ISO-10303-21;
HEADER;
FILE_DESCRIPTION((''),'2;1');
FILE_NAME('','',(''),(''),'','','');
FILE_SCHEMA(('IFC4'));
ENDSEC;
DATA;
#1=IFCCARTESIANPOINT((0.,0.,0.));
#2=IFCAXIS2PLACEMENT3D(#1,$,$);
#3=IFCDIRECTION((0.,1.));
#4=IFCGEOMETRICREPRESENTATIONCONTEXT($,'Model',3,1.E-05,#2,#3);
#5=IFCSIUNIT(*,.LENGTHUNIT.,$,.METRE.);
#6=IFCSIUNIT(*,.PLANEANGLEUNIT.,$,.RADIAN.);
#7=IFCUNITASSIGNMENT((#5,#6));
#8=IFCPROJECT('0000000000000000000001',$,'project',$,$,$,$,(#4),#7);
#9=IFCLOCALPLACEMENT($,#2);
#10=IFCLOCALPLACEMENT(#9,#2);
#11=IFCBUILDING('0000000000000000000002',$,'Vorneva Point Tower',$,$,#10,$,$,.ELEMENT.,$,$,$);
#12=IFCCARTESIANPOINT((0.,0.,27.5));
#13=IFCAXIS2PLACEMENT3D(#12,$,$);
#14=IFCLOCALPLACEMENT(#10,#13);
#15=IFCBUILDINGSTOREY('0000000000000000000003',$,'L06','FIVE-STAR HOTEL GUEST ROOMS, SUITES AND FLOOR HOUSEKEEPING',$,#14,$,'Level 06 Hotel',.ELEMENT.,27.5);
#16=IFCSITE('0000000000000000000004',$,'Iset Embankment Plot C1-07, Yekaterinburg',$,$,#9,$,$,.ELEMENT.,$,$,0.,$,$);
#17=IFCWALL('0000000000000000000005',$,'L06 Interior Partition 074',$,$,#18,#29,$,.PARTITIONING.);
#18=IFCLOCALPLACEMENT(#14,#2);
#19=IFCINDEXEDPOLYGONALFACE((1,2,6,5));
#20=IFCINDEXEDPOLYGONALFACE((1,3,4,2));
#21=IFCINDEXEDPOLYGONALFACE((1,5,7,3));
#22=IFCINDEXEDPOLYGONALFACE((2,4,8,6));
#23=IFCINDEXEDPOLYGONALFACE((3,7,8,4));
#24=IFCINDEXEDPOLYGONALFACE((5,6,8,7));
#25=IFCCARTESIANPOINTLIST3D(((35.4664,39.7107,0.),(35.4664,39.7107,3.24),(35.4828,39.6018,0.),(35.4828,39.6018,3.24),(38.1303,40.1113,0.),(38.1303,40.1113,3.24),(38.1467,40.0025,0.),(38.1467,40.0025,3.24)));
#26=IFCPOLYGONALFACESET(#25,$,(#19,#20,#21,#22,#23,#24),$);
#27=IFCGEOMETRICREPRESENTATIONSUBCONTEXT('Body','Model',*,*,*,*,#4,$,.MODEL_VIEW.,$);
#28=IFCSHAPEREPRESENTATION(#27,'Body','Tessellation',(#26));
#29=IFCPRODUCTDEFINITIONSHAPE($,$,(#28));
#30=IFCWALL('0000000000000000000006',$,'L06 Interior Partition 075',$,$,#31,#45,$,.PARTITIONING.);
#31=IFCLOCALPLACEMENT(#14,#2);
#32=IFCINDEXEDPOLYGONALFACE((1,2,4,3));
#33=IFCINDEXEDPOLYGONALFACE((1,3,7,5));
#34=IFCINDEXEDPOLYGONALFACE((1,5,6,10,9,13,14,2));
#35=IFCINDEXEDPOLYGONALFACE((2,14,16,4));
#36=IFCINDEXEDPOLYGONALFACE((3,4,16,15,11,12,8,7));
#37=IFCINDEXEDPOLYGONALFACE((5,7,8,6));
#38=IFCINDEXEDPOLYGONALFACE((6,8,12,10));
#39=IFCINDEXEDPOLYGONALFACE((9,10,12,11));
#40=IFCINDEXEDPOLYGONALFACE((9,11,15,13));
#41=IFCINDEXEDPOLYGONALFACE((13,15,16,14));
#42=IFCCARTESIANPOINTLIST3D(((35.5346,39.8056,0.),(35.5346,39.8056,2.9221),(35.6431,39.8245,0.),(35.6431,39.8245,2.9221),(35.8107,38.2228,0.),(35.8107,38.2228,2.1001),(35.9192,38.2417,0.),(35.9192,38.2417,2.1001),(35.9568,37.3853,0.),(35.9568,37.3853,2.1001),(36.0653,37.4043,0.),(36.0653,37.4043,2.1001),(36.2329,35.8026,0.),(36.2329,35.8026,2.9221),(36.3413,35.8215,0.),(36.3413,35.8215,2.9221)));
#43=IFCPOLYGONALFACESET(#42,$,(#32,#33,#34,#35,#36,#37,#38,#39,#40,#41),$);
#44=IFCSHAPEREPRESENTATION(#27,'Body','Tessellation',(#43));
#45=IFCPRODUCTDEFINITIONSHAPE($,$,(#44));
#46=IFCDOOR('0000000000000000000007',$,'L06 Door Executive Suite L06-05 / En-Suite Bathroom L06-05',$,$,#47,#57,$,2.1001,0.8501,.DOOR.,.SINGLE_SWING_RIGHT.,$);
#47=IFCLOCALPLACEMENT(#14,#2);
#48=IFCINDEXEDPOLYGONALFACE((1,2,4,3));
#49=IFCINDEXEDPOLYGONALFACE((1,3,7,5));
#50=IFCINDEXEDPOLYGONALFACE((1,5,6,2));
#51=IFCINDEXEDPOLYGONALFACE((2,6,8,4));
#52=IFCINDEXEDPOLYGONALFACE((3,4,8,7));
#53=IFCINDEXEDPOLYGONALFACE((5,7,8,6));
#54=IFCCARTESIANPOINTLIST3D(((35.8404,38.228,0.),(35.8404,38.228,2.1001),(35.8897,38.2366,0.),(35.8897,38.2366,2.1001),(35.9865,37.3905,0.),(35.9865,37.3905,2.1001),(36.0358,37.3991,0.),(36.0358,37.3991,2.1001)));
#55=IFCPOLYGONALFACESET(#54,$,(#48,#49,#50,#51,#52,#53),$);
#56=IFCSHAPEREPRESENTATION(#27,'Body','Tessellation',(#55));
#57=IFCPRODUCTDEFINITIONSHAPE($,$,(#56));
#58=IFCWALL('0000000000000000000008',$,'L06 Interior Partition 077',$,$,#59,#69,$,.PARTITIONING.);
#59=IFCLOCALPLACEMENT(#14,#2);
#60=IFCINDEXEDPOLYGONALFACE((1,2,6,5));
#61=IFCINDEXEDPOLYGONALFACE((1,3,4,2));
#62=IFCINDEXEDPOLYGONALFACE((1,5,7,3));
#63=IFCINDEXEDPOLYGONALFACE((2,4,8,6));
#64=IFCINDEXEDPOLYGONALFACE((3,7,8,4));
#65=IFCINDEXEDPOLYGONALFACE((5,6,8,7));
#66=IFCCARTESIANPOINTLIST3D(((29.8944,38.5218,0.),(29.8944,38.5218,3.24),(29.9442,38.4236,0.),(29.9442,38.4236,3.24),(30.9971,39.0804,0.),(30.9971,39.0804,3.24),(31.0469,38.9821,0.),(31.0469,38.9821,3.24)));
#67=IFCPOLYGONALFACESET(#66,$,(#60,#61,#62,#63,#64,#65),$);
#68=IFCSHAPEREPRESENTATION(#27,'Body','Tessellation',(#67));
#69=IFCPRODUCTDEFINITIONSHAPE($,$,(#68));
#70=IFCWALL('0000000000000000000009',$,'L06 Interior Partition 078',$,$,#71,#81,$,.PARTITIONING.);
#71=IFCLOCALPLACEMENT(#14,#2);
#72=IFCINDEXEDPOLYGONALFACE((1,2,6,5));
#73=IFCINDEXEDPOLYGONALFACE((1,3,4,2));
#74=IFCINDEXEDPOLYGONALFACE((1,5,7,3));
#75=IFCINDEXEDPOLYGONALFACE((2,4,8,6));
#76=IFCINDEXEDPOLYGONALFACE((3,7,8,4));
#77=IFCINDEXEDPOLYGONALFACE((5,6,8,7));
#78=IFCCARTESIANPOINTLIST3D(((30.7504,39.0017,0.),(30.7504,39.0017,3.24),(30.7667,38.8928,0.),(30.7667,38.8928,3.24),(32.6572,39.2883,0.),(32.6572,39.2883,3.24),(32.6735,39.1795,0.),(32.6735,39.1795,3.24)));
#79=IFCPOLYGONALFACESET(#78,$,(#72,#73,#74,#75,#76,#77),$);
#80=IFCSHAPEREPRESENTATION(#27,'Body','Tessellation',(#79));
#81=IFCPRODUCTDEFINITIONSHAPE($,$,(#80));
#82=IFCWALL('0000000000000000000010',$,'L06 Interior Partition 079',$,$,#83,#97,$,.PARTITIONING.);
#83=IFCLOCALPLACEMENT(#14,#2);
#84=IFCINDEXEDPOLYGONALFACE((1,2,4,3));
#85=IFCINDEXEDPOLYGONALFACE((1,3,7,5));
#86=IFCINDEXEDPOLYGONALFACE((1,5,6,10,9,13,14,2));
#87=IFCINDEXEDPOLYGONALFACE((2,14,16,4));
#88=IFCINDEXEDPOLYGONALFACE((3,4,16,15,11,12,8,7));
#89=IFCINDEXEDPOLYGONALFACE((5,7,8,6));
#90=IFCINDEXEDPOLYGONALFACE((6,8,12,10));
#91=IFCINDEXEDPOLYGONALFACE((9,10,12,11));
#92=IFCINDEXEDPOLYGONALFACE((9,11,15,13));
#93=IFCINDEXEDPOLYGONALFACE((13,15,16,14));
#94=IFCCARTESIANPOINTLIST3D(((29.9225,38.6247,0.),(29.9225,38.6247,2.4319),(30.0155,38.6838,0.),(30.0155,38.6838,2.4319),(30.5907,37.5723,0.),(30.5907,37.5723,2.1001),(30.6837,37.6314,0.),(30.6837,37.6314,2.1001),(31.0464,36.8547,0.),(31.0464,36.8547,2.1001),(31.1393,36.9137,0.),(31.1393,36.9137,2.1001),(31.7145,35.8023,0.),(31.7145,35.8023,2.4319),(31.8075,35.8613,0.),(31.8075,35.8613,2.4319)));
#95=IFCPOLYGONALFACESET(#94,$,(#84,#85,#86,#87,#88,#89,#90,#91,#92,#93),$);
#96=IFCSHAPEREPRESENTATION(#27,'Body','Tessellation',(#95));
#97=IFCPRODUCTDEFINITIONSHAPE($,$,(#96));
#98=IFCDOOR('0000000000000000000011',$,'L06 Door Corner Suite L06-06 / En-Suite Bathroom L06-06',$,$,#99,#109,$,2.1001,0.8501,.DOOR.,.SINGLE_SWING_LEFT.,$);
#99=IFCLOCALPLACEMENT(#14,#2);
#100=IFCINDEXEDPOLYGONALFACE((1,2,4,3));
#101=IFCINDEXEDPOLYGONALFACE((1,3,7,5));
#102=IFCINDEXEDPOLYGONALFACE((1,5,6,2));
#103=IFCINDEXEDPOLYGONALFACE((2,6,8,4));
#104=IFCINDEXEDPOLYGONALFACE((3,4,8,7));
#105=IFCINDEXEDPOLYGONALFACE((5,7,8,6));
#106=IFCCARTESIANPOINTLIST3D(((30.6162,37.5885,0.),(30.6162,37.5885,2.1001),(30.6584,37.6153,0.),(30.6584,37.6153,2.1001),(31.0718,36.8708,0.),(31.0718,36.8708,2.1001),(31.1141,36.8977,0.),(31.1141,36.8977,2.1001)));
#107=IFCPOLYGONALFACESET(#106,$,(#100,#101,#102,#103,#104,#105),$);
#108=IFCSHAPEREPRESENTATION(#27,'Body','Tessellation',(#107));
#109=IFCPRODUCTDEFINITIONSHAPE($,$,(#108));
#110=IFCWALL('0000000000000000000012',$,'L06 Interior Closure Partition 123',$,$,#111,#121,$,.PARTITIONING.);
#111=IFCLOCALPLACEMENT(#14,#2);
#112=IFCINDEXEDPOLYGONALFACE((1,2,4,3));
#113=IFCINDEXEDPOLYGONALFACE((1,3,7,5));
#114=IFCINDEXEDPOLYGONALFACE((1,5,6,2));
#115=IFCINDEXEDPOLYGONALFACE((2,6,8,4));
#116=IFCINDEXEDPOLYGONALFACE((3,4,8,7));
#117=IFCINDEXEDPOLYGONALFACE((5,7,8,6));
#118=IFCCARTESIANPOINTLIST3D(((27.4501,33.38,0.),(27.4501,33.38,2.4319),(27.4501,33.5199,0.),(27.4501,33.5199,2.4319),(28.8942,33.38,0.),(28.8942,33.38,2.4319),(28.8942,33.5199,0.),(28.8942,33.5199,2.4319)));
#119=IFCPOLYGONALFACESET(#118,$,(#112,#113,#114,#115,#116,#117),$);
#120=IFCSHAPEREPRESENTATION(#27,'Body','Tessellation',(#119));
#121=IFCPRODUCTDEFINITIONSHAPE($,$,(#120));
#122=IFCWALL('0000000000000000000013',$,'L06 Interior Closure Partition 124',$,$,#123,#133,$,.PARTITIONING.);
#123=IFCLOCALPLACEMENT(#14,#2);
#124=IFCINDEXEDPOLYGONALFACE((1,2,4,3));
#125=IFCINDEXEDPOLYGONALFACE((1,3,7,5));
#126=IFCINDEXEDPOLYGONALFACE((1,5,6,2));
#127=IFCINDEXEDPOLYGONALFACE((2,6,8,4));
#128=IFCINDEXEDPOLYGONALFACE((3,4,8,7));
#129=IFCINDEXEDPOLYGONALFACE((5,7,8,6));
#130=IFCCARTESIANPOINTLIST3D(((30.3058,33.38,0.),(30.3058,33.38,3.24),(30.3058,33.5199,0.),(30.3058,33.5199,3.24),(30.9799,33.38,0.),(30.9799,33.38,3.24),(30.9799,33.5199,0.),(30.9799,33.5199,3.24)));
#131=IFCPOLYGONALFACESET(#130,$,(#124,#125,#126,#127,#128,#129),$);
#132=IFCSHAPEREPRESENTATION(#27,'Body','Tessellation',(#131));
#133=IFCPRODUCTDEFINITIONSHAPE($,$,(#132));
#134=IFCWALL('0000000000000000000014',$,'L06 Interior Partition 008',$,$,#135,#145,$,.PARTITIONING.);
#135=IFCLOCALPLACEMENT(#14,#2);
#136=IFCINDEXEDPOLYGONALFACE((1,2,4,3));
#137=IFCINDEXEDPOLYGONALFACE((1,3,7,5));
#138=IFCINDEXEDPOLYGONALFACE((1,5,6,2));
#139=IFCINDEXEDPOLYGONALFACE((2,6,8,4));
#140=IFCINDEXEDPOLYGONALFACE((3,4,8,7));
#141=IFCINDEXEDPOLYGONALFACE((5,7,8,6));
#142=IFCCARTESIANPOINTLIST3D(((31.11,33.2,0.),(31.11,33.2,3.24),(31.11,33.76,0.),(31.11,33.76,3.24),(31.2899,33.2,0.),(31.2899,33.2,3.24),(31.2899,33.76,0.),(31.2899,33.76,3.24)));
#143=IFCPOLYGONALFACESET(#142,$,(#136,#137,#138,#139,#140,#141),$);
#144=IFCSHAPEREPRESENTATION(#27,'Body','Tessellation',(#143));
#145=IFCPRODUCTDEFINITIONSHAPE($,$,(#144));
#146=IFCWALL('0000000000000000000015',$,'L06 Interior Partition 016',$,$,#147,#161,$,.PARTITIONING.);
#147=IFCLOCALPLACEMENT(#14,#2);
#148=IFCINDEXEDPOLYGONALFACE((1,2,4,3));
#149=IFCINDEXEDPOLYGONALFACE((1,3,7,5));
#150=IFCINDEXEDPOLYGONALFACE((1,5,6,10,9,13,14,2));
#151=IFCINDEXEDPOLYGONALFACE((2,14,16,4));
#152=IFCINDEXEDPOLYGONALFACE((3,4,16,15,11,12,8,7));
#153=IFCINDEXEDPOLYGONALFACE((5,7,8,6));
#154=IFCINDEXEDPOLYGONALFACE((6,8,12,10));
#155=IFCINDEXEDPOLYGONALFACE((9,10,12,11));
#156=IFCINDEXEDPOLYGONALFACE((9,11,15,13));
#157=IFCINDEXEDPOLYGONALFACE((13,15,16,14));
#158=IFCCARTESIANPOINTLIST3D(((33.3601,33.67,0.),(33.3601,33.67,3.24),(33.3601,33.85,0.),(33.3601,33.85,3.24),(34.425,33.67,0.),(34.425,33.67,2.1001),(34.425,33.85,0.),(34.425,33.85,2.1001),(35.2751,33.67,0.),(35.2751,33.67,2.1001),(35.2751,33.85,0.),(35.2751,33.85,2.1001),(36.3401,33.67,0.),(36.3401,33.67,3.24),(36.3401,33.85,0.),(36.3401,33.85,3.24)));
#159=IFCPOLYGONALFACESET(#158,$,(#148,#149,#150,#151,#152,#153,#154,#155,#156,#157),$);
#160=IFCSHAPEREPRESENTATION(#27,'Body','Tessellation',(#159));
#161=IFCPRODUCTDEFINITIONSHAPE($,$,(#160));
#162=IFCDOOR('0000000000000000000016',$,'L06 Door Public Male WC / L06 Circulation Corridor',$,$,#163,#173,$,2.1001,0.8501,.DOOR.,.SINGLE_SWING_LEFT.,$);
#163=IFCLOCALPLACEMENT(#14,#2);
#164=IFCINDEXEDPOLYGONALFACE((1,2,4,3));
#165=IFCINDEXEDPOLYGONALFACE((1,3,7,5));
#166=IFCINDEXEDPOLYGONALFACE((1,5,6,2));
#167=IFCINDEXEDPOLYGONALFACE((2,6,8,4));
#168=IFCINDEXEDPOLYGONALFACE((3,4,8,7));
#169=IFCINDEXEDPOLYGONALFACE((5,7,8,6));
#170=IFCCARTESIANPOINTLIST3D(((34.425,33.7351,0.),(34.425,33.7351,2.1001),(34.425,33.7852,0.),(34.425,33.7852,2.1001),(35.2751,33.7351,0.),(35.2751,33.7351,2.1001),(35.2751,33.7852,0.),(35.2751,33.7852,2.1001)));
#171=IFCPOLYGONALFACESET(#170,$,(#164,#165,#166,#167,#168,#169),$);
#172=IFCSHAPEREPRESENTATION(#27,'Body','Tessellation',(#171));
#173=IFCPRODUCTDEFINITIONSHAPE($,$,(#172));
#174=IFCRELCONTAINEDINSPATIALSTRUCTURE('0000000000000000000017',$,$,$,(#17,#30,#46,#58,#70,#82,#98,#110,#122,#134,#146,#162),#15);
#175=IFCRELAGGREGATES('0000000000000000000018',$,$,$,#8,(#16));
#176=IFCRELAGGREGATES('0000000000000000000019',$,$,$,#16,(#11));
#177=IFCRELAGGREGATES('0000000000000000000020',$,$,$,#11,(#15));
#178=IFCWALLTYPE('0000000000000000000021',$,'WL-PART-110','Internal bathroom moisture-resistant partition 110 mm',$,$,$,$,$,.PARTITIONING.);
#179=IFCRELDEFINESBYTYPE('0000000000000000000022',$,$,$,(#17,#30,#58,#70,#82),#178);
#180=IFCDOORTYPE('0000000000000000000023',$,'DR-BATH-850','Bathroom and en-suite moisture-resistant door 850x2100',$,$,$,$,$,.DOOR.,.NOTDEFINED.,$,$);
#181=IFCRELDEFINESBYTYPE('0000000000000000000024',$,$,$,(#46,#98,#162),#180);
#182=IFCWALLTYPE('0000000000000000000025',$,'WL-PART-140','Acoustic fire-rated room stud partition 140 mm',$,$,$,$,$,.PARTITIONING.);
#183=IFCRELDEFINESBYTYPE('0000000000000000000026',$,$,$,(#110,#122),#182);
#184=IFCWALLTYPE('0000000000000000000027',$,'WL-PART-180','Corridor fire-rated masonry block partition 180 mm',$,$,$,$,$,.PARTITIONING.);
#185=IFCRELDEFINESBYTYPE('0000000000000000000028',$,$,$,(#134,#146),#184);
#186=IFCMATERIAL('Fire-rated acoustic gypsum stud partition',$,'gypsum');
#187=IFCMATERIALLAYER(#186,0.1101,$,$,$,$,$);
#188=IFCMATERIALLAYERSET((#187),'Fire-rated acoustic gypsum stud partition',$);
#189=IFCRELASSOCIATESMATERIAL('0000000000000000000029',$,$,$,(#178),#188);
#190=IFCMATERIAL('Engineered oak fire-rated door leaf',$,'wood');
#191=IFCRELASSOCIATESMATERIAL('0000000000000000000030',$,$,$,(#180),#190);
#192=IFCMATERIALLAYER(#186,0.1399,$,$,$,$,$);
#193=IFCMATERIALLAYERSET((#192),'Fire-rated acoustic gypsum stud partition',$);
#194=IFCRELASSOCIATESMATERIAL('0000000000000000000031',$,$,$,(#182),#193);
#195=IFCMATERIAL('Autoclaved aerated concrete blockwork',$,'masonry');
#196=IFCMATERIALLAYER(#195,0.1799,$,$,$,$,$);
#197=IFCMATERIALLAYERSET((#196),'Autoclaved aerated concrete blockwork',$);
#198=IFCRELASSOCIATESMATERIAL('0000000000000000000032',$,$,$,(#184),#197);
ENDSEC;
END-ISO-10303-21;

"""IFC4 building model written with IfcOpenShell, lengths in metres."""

from ifc_helpers import new_model, si_unit, direction, frame, frame_2d, origin, place, context, subcontext, project, spatial, rectangle, extrude, material, layer, layer_set, type_object, element, fill, save


model = new_model("IFC4")

# Units and contexts
model_context = context("Model", 3, precision=1e-05, world=origin(), true_north=direction((0.0, 1.0)))
body_context = subcontext(model_context, "Body", "Model", "MODEL_VIEW")
ifc_project = project(units=[si_unit("LENGTHUNIT", "METRE"), si_unit("PLANEANGLEUNIT", "RADIAN")], contexts=[model_context])

# Site, building, storey
site_placement = place(None, origin())
site = spatial("IfcSite", under=ifc_project, at=site_placement, Name="Iset Embankment Plot C1-07, Yekaterinburg", CompositionType="ELEMENT", RefElevation=0.0)
building_placement = place(site_placement, origin())
building = spatial("IfcBuilding", under=site, at=building_placement, Name="Vorneva Point Tower", CompositionType="ELEMENT")
storey_placement = place(building_placement, frame((0.0, 0.0, 27.5)))
storey = spatial("IfcBuildingStorey", under=building, at=storey_placement, Name="L06", Description="FIVE-STAR HOTEL GUEST ROOMS, SUITES AND FLOOR HOUSEKEEPING", LongName="Level 06 Hotel", CompositionType="ELEMENT", Elevation=27.5)

# Wall
ifc_material_1 = material(Name="Fire-rated acoustic gypsum stud partition", Category="gypsum")
ifc_layer_1 = layer(ifc_material_1, 0.1101)
ifc_layer_set_1 = layer_set([ifc_layer_1], Name="Fire-rated acoustic gypsum stud partition")
wall_type_1 = type_object("IfcWallType", Name="WL-PART-110", Description="Internal bathroom moisture-resistant partition 110 mm", PredefinedType="PARTITIONING", material=ifc_layer_set_1)
wall_1_placement = place(storey_placement, frame((35.4746, 39.6562, 0.0), z_axis=(0.0, 0.0, 1.0), x_axis=(0.988878, 0.148726, 0.0)))
element("IfcWall", 1, at=wall_1_placement, inside=storey, type_object=wall_type_1, Name="L06 Interior Partition 074", PredefinedType="PARTITIONING", context=body_context, shape_type="SweptSolid", body=[
    extrude(rectangle(XDim=2.6938, YDim=0.1101, at=frame_2d((1.3469, 0.0))), origin(), (0.0, 0.0, 1.0), 3.24),
])

# Wall, opening, door
wall_2_placement = place(storey_placement, frame((36.2871, 35.812, 0.0), z_axis=(0.0, 0.0, 1.0), x_axis=(-0.171838, 0.985125, 0.0)))
wall_2 = element("IfcWall", 2, at=wall_2_placement, inside=storey, type_object=wall_type_1, Name="L06 Interior Partition 075", PredefinedType="PARTITIONING", context=body_context, shape_type="SweptSolid", body=[
    extrude(rectangle(XDim=4.0635, YDim=0.1101, at=frame_2d((2.0317, 0.0))), origin(), (0.0, 0.0, 1.0), 2.9221),
])
opening_1_placement = place(wall_2_placement, frame((1.6067, 0.0, 0.0)))
opening_1 = element("IfcOpeningElement", 3, at=opening_1_placement, cuts=wall_2, PredefinedType="OPENING", context=body_context, shape_type="SweptSolid", body=[
    extrude(rectangle(XDim=0.8501, YDim=2.1001, at=frame_2d((0.425, 1.05))), frame((0.0, 0.0698, 0.0), z_axis=(0.0, -1.0, 0.0), x_axis=(1.0, 0.0, 0.0)), (0.0, 0.0, 1.0), 0.1399),
])
ifc_material_2 = material(Name="Engineered oak fire-rated door leaf", Category="wood")
door_type_1 = type_object("IfcDoorType", Name="DR-BATH-850", Description="Bathroom and en-suite moisture-resistant door 850x2100", OperationType="NOTDEFINED", PredefinedType="DOOR", material=ifc_material_2)
door_1_placement = place(opening_1_placement, origin())
door_1 = element("IfcDoor", 4, at=door_1_placement, inside=storey, type_object=door_type_1, Name="L06 Door Executive Suite L06-05 / En-Suite Bathroom L06-05", OperationType="SINGLE_SWING_RIGHT", OverallHeight=2.1001, OverallWidth=0.8501, PredefinedType="DOOR", context=body_context, shape_type="SweptSolid", body=[
    extrude(rectangle(XDim=0.8501, YDim=2.1001, at=frame_2d((0.425, 1.05))), frame((0.0, 0.0249, 0.0), z_axis=(0.0, -1.0, 0.0), x_axis=(1.0, 0.0, 0.0)), (0.0, 0.0, 1.0), 0.05),
])
fill(opening_1, door_1)

# Walls
wall_3_placement = place(storey_placement, frame((29.9192, 38.4727, 0.0), z_axis=(0.0, 0.0, 1.0), x_axis=(0.892085, 0.451868, 0.0)))
element("IfcWall", 5, at=wall_3_placement, inside=storey, type_object=wall_type_1, Name="L06 Interior Partition 077", PredefinedType="PARTITIONING", context=body_context, shape_type="SweptSolid", body=[
    extrude(rectangle(XDim=1.2361, YDim=0.1101, at=frame_2d((0.6182, 0.0))), origin(), (0.0, 0.0, 1.0), 3.24),
])
wall_4_placement = place(storey_placement, frame((30.7585, 38.9473, 0.0), z_axis=(0.0, 0.0, 1.0), x_axis=(0.98889, 0.14865, 0.0)))
element("IfcWall", 6, at=wall_4_placement, inside=storey, type_object=wall_type_1, Name="L06 Interior Partition 078", PredefinedType="PARTITIONING", context=body_context, shape_type="SweptSolid", body=[
    extrude(rectangle(XDim=1.9282, YDim=0.1101, at=frame_2d((0.9641, 0.0))), origin(), (0.0, 0.0, 1.0), 3.24),
])

# Wall, opening, door
wall_5_placement = place(storey_placement, frame((31.761, 35.8318, 0.0), z_axis=(0.0, 0.0, 1.0), x_axis=(-0.535992, 0.844223, 0.0)))
wall_5 = element("IfcWall", 7, at=wall_5_placement, inside=storey, type_object=wall_type_1, Name="L06 Interior Partition 079", PredefinedType="PARTITIONING", context=body_context, shape_type="SweptSolid", body=[
    extrude(rectangle(XDim=3.3433, YDim=0.1101, at=frame_2d((1.6716, 0.0))), origin(), (0.0, 0.0, 1.0), 2.4319),
])
opening_2_placement = place(wall_5_placement, frame((1.2466, 0.0, 0.0)))
opening_2 = element("IfcOpeningElement", 8, at=opening_2_placement, cuts=wall_5, PredefinedType="OPENING", context=body_context, shape_type="SweptSolid", body=[
    extrude(rectangle(XDim=0.8501, YDim=2.1001, at=frame_2d((0.425, 1.05))), frame((0.0, 0.0698, 0.0), z_axis=(0.0, -1.0, 0.0), x_axis=(1.0, 0.0, 0.0)), (0.0, 0.0, 1.0), 0.1399),
])
door_2_placement = place(opening_2_placement, origin())
door_2 = element("IfcDoor", 9, at=door_2_placement, inside=storey, type_object=door_type_1, Name="L06 Door Corner Suite L06-06 / En-Suite Bathroom L06-06", OperationType="SINGLE_SWING_LEFT", OverallHeight=2.1001, OverallWidth=0.8501, PredefinedType="DOOR", context=body_context, shape_type="SweptSolid", body=[
    extrude(rectangle(XDim=0.8501, YDim=2.1001, at=frame_2d((0.425, 1.05))), frame((0.0, 0.0249, 0.0), z_axis=(0.0, -1.0, 0.0), x_axis=(1.0, 0.0, 0.0)), (0.0, 0.0, 1.0), 0.05),
])
fill(opening_2, door_2)

# Walls
ifc_layer_2 = layer(ifc_material_1, 0.1399)
ifc_layer_set_2 = layer_set([ifc_layer_2], Name="Fire-rated acoustic gypsum stud partition")
wall_type_2 = type_object("IfcWallType", Name="WL-PART-140", Description="Acoustic fire-rated room stud partition 140 mm", PredefinedType="PARTITIONING", material=ifc_layer_set_2)
wall_6_placement = place(storey_placement, frame((27.45, 33.45, 0.0), z_axis=(0.0, 0.0, 1.0), x_axis=(1.0, 0.0, 0.0)))
element("IfcWall", 10, at=wall_6_placement, inside=storey, type_object=wall_type_2, Name="L06 Interior Closure Partition 123", PredefinedType="PARTITIONING", context=body_context, shape_type="SweptSolid", body=[
    extrude(rectangle(XDim=1.4441, YDim=0.1399, at=frame_2d((0.7222, 0.0))), origin(), (0.0, 0.0, 1.0), 2.4319),
])
wall_7_placement = place(storey_placement, frame((30.3059, 33.45, 0.0), z_axis=(0.0, 0.0, 1.0), x_axis=(1.0, 0.0, 0.0)))
element("IfcWall", 11, at=wall_7_placement, inside=storey, type_object=wall_type_2, Name="L06 Interior Closure Partition 124", PredefinedType="PARTITIONING", context=body_context, shape_type="SweptSolid", body=[
    extrude(rectangle(XDim=0.6741, YDim=0.1399, at=frame_2d((0.3369, 0.0))), origin(), (0.0, 0.0, 1.0), 3.24),
])

# Shared definitions
ifc_material_3 = material(Name="Autoclaved aerated concrete blockwork", Category="masonry")
ifc_layer_3 = layer(ifc_material_3, 0.1799)
ifc_layer_set_3 = layer_set([ifc_layer_3], Name="Autoclaved aerated concrete blockwork")
wall_type_3 = type_object("IfcWallType", Name="WL-PART-180", Description="Corridor fire-rated masonry block partition 180 mm", PredefinedType="PARTITIONING", material=ifc_layer_set_3)

# Wall
wall_8_placement = place(storey_placement, frame((31.2, 33.76, 0.0), z_axis=(0.0, 0.0, 1.0), x_axis=(0.0, -1.0, 0.0)))
element("IfcWall", 12, at=wall_8_placement, inside=storey, type_object=wall_type_3, Name="L06 Interior Partition 008", PredefinedType="PARTITIONING", context=body_context, shape_type="SweptSolid", body=[
    extrude(rectangle(XDim=0.5601, YDim=0.1799, at=frame_2d((0.28, 0.0))), origin(), (0.0, 0.0, 1.0), 3.24),
])

# Wall, opening, door
wall_9_placement = place(storey_placement, frame((36.3401, 33.76, 0.0), z_axis=(0.0, 0.0, 1.0), x_axis=(-1.0, 0.0, 0.0)))
wall_9 = element("IfcWall", 13, at=wall_9_placement, inside=storey, type_object=wall_type_3, Name="L06 Interior Partition 016", PredefinedType="PARTITIONING", context=body_context, shape_type="SweptSolid", body=[
    extrude(rectangle(XDim=2.98, YDim=0.1799, at=frame_2d((1.49, 0.0))), origin(), (0.0, 0.0, 1.0), 3.24),
])
opening_3_placement = place(wall_9_placement, frame((1.0649, 0.0, 0.0)))
opening_3 = element("IfcOpeningElement", 14, at=opening_3_placement, cuts=wall_9, PredefinedType="OPENING", context=body_context, shape_type="SweptSolid", body=[
    extrude(rectangle(XDim=0.8501, YDim=2.1001, at=frame_2d((0.425, 1.05))), frame((0.0, 0.105, 0.0), z_axis=(0.0, -1.0, 0.0), x_axis=(1.0, 0.0, 0.0)), (0.0, 0.0, 1.0), 0.2097),
])
door_3_placement = place(opening_3_placement, origin())
door_3 = element("IfcDoor", 15, at=door_3_placement, inside=storey, type_object=door_type_1, Name="L06 Door Public Male WC / L06 Circulation Corridor", OperationType="SINGLE_SWING_LEFT", OverallHeight=2.1001, OverallWidth=0.8501, PredefinedType="DOOR", context=body_context, shape_type="SweptSolid", body=[
    extrude(rectangle(XDim=0.8501, YDim=2.1001, at=frame_2d((0.425, 1.05))), frame((0.0, 0.0249, 0.0), z_axis=(0.0, -1.0, 0.0), x_axis=(1.0, 0.0, 0.0)), (0.0, 0.0, 1.0), 0.05),
])
fill(opening_3, door_3)

save(model, "model.ifc")
